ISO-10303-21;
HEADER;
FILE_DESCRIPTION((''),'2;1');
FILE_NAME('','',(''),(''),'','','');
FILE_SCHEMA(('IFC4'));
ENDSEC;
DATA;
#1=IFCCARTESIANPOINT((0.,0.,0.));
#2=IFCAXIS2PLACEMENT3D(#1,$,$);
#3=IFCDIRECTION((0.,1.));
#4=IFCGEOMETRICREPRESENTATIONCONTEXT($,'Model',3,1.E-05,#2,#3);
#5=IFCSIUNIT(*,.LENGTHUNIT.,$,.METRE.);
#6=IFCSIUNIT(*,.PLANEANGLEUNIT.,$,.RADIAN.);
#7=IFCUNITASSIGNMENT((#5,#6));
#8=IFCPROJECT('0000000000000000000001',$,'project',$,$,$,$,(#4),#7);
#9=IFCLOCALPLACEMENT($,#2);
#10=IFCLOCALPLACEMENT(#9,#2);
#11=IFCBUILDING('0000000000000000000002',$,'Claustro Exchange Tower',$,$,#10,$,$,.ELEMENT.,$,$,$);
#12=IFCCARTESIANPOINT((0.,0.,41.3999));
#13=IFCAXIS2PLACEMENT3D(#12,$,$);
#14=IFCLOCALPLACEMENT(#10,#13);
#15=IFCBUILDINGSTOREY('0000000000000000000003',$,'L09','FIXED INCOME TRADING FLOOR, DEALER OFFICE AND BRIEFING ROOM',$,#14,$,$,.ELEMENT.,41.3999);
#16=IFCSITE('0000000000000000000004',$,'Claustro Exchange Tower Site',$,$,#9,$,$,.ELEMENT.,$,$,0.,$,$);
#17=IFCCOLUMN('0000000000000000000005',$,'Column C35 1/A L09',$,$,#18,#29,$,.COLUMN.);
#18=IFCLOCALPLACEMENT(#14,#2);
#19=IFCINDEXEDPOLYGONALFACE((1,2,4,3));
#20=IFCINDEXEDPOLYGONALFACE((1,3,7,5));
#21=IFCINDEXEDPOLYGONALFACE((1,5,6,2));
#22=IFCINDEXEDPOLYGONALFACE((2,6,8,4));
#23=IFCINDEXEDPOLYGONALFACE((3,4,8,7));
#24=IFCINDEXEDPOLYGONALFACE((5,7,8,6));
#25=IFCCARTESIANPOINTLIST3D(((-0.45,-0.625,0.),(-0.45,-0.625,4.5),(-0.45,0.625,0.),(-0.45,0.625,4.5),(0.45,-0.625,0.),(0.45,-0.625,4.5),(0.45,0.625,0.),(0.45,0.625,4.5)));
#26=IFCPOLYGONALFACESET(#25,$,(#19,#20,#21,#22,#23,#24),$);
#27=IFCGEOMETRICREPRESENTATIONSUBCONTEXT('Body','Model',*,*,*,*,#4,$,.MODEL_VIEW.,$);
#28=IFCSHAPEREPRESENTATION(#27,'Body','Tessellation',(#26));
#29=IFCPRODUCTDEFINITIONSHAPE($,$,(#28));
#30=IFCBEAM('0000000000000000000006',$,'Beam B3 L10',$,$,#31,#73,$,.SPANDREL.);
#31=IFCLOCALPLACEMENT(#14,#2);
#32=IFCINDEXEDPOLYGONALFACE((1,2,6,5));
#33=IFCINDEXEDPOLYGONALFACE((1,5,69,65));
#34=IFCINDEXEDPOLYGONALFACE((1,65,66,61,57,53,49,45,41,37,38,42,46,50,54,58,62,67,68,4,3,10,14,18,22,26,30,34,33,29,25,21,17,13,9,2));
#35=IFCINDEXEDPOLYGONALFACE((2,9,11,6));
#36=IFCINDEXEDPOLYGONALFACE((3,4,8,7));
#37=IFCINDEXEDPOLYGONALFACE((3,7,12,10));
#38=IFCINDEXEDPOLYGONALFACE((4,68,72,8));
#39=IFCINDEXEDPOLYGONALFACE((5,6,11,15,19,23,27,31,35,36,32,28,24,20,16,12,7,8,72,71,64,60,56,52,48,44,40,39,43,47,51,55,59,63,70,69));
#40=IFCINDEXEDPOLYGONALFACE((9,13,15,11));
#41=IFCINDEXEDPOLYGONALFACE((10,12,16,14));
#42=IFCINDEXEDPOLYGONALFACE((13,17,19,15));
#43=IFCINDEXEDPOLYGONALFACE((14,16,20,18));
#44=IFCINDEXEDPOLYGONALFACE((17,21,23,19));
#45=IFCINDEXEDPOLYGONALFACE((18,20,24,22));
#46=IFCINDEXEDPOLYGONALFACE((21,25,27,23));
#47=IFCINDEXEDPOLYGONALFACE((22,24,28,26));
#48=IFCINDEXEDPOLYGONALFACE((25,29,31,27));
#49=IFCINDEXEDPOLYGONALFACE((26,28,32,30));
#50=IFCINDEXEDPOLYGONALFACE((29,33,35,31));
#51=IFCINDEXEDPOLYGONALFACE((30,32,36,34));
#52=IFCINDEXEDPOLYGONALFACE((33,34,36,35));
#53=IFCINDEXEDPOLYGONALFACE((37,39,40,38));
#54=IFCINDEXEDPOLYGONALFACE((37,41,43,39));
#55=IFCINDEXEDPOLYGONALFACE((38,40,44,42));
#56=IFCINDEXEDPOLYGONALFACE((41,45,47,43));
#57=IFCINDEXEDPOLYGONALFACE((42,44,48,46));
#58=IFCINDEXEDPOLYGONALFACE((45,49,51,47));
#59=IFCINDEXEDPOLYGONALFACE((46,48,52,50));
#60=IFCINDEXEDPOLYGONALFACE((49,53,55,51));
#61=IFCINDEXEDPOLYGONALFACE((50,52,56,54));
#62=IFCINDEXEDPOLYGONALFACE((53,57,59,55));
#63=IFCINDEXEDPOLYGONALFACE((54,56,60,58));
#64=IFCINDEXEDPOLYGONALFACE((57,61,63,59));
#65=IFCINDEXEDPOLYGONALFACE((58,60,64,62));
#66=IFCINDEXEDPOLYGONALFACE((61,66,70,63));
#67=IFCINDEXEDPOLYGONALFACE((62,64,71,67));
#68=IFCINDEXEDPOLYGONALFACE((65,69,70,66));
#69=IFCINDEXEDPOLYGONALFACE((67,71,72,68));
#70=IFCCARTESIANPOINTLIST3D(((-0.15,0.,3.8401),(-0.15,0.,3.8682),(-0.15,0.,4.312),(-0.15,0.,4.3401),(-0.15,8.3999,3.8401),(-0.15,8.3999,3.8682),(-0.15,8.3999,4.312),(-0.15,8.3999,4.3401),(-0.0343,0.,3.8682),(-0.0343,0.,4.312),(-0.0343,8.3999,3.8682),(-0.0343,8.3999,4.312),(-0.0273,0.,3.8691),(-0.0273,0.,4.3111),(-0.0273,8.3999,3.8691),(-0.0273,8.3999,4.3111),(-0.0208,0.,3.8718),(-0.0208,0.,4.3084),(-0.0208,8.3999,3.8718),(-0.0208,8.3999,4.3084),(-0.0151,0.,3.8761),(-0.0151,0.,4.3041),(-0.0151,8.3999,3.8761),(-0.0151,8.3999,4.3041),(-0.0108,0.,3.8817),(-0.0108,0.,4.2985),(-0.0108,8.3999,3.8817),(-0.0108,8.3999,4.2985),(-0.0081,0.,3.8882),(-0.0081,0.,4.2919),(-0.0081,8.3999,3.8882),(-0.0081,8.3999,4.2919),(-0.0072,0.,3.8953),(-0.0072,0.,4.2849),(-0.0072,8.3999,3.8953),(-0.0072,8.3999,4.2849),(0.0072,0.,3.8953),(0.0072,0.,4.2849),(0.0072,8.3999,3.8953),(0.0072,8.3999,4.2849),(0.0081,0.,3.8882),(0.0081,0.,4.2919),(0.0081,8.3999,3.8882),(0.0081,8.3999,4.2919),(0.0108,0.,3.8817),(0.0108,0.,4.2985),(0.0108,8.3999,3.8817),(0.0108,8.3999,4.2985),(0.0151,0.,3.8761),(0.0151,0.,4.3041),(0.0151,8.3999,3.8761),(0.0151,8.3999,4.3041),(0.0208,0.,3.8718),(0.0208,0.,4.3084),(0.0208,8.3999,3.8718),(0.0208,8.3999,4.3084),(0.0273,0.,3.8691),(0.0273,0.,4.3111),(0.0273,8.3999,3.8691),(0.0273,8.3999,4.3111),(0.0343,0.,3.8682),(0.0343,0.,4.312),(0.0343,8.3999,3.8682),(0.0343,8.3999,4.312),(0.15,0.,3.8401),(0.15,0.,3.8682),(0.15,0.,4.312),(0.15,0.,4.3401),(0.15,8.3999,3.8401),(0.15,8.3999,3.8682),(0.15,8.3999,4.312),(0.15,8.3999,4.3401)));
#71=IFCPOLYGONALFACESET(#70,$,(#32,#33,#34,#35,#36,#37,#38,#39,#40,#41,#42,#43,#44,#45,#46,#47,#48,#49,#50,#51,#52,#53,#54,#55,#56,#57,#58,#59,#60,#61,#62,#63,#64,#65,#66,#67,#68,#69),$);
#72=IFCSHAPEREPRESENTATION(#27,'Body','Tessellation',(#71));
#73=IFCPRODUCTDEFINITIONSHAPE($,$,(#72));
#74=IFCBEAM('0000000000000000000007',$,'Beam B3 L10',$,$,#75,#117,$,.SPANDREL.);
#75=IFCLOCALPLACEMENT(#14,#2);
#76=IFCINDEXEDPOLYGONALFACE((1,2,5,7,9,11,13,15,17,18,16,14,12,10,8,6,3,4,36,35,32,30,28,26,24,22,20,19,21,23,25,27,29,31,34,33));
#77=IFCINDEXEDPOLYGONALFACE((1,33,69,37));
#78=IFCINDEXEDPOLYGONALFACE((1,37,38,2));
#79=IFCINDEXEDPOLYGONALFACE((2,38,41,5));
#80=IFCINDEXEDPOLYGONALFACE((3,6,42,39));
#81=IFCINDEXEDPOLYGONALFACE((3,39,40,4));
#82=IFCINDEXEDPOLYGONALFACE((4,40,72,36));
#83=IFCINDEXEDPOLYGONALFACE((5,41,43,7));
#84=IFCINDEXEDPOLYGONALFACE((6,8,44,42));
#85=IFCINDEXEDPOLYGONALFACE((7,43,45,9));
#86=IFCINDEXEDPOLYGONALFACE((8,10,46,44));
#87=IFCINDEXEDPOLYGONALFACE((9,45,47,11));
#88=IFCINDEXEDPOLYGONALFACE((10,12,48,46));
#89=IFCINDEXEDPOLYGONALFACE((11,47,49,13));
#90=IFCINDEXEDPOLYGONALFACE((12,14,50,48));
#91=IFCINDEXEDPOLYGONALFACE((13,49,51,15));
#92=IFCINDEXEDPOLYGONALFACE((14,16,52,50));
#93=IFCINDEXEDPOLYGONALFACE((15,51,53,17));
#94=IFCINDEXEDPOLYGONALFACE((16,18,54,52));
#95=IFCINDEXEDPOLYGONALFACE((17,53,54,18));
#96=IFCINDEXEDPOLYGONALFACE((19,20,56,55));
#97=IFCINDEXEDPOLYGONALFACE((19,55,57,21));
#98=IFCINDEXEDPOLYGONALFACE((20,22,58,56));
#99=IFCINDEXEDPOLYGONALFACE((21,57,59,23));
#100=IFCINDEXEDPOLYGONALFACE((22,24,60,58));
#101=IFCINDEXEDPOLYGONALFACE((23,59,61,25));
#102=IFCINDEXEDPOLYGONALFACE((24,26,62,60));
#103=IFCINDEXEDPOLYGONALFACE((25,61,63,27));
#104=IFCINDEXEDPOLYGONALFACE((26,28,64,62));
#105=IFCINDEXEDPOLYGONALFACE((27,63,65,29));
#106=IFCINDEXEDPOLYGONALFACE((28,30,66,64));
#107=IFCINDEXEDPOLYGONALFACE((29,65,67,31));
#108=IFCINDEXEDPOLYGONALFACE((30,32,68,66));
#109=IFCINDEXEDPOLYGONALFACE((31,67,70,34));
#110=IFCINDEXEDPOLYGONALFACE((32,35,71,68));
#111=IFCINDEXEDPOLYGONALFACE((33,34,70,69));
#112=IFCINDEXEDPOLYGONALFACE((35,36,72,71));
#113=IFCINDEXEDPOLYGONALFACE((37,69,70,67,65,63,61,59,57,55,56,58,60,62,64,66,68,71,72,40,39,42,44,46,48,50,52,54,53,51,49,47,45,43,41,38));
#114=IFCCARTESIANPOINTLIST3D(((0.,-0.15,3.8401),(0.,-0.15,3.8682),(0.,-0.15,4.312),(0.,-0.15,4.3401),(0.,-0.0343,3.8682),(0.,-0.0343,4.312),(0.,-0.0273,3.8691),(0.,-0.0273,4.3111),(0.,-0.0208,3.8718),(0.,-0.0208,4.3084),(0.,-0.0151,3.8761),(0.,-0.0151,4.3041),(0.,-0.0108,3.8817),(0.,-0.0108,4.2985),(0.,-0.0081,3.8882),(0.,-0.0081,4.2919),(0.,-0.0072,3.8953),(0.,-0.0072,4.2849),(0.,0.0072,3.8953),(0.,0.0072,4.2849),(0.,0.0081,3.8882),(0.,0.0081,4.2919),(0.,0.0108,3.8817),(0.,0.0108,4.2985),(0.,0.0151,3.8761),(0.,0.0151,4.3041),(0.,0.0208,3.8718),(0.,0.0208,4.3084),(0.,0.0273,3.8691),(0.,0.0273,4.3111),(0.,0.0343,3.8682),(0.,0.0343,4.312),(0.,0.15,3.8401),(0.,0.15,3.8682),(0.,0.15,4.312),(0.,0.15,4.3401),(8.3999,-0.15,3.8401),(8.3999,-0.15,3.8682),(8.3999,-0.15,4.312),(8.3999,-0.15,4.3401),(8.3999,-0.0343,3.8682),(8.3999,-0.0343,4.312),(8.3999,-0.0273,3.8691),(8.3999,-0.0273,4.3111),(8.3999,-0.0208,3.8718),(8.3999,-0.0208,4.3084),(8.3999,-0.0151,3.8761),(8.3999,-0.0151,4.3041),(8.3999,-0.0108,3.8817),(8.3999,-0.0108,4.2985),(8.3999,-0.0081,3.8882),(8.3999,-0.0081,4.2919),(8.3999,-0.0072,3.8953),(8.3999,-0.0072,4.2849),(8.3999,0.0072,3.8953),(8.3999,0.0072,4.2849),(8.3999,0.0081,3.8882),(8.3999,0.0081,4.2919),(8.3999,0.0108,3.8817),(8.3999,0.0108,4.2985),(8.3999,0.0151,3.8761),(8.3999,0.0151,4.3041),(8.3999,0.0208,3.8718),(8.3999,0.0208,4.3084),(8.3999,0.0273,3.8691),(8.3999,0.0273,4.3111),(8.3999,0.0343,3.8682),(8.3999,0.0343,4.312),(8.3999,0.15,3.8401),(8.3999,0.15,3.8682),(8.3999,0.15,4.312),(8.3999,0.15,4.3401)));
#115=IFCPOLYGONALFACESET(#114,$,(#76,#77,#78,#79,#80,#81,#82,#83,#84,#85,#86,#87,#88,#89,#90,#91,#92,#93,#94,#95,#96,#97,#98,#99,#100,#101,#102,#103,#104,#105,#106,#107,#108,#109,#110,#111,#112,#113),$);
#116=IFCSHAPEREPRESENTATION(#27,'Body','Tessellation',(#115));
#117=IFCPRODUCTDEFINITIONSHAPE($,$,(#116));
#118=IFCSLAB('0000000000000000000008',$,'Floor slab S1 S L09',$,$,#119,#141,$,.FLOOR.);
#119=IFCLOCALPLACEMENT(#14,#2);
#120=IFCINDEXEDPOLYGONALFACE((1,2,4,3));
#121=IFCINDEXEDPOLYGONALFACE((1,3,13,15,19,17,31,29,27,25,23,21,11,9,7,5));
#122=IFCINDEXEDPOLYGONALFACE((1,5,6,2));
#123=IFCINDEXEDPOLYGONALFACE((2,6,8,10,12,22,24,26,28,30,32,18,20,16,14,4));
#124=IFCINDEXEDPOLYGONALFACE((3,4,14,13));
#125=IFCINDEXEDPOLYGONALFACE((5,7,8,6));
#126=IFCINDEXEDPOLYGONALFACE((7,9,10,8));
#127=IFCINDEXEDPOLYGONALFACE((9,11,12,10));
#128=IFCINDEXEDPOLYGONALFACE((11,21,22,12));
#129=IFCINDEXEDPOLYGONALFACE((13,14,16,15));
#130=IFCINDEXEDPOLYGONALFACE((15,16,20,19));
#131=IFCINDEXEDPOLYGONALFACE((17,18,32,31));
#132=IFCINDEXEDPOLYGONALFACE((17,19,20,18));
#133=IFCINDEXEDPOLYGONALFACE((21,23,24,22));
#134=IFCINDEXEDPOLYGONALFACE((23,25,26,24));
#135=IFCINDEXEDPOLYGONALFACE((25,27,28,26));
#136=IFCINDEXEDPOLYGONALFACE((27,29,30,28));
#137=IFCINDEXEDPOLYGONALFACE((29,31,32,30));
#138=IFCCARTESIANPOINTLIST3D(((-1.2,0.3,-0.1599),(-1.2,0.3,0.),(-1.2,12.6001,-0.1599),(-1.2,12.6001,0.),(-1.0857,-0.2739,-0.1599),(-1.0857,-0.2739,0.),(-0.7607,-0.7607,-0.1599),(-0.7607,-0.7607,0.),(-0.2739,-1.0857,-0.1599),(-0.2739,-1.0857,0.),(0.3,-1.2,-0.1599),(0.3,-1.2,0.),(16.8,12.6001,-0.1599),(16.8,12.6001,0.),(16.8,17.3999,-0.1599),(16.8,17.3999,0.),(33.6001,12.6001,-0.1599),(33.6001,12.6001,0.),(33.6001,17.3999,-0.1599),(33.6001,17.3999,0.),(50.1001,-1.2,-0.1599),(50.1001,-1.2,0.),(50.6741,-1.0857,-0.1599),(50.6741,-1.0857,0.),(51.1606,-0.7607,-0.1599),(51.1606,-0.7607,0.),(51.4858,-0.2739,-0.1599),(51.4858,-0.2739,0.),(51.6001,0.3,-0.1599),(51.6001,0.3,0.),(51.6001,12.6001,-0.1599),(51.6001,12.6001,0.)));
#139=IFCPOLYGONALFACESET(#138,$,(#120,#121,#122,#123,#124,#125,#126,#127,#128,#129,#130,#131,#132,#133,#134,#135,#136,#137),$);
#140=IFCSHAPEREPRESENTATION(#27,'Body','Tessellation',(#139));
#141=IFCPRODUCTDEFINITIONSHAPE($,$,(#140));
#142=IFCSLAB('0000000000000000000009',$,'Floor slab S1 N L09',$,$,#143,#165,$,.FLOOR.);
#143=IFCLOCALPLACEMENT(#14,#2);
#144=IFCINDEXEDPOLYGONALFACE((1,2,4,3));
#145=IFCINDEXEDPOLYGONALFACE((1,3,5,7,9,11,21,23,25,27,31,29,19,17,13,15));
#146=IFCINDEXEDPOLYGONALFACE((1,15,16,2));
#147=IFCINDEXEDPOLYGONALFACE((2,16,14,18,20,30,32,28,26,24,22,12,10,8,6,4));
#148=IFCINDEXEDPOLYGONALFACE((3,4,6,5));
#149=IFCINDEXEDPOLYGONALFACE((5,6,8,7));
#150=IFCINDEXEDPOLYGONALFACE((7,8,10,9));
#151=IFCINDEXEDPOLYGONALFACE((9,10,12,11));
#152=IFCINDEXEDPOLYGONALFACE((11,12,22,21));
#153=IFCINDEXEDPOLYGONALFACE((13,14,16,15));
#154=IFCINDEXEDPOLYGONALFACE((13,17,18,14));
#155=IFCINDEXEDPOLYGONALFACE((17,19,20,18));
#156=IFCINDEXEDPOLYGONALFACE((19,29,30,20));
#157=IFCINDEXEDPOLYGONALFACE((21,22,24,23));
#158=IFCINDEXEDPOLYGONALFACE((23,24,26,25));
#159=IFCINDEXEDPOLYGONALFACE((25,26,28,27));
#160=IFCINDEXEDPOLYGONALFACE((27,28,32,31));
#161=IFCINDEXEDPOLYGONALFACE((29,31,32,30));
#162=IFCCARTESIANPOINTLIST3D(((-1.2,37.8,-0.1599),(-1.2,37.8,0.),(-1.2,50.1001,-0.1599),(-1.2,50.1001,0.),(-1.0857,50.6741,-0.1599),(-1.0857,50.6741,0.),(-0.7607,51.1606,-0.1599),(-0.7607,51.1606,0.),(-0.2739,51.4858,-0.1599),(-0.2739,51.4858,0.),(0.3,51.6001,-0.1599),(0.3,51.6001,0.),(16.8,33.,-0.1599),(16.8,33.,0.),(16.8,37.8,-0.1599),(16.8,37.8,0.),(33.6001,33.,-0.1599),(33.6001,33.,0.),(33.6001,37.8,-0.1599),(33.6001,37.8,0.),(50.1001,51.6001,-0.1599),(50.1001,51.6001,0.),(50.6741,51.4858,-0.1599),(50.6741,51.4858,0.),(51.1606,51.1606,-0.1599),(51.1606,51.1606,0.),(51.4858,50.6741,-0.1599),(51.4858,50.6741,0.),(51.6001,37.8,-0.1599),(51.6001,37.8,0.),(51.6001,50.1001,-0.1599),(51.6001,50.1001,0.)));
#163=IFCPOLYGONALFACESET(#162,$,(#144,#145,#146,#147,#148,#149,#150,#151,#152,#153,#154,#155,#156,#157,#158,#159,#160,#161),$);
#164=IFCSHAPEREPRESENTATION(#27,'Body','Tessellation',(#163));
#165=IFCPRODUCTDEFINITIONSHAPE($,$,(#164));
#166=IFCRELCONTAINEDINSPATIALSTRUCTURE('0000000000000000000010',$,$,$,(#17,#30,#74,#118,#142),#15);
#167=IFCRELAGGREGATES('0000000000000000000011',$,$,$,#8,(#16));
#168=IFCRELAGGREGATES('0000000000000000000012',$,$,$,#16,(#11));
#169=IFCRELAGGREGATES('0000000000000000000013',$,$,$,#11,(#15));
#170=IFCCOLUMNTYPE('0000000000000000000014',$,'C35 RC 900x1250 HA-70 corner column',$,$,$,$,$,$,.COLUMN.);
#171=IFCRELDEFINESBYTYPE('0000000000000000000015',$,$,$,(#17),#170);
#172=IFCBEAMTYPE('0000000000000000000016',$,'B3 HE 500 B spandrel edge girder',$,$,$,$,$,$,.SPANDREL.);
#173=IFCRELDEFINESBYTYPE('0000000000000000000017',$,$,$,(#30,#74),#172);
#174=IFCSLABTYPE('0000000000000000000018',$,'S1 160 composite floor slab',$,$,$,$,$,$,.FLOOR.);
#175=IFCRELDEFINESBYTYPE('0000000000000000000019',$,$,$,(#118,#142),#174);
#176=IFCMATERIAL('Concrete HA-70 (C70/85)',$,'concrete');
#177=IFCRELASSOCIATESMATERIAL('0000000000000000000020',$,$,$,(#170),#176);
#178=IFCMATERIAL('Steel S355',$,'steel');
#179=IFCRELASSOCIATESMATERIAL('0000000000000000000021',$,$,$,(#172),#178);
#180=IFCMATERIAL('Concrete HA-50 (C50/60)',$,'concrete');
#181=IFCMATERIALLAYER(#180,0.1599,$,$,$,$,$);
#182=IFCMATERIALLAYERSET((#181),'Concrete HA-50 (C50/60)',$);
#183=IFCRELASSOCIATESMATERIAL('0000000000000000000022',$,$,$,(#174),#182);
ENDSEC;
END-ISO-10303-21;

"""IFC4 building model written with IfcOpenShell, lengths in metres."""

from ifc_helpers import new_model, si_unit, direction, frame, origin, origin_with_axes, origin_2d, place, context, subcontext, project, spatial, polyline, rectangle, i_section, outline, extrude, material, layer, layer_set, material_profile, profile_set, type_object, element, save


model = new_model("IFC4")

# Units and contexts
model_context = context("Model", 3, precision=1e-05, world=origin(), true_north=direction((0.0, 1.0)))
body_context = subcontext(model_context, "Body", "Model", "MODEL_VIEW")
ifc_project = project(units=[si_unit("LENGTHUNIT", "METRE"), si_unit("PLANEANGLEUNIT", "RADIAN")], contexts=[model_context])

# Site, building, storey
site_placement = place(None, origin())
site = spatial("IfcSite", under=ifc_project, at=site_placement, Name="Claustro Exchange Tower Site", CompositionType="ELEMENT", RefElevation=0.0)
building_placement = place(site_placement, origin())
building = spatial("IfcBuilding", under=site, at=building_placement, Name="Claustro Exchange Tower", CompositionType="ELEMENT")
storey_placement = place(building_placement, frame((0.0, 0.0, 41.3999)))
storey = spatial("IfcBuildingStorey", under=building, at=storey_placement, Name="L09", Description="FIXED INCOME TRADING FLOOR, DEALER OFFICE AND BRIEFING ROOM", CompositionType="ELEMENT", Elevation=41.3999)

# Column
ifc_material_1 = material(Name="Concrete HA-70 (C70/85)", Category="concrete")
ifc_material_profile_1 = material_profile(ifc_material_1, rectangle(XDim=0.8999, YDim=1.25, at=origin_2d()), Name="RC 900x1250")
ifc_profile_set_1 = profile_set([ifc_material_profile_1], Name="Concrete HA-70 (C70/85)")
column_type = type_object("IfcColumnType", Name="C35 RC 900x1250 HA-70 corner column", PredefinedType="COLUMN", material=ifc_profile_set_1)
column_placement = place(storey_placement, origin_with_axes())
element("IfcColumn", 1, at=column_placement, inside=storey, type_object=column_type, Name="Column C35 1/A L09", PredefinedType="COLUMN", context=body_context, shape_type="SweptSolid", body=[
    extrude(rectangle(XDim=0.8999, YDim=1.25, at=origin_2d()), origin(), (0.0, 0.0, 1.0), 4.5),
])

# Beams
ifc_material_2 = material(Name="Steel S355", Category="steel")
ifc_material_profile_2 = material_profile(ifc_material_2, i_section(OverallWidth=0.3, OverallDepth=0.5, WebThickness=0.0144, FlangeThickness=0.0281, FilletRadius=0.0271, at=origin_2d()), Name="HE 500 B")
ifc_profile_set_2 = profile_set([ifc_material_profile_2], Name="Steel S355")
beam_type = type_object("IfcBeamType", Name="B3 HE 500 B spandrel edge girder", PredefinedType="SPANDREL", material=ifc_profile_set_2)
for number, where, z_axis, x_axis, name in (
    (2, (0.0, 0.0, 4.0901), (0.0, 1.0, 0.0), (-1.0, 0.0, 0.0), "Beam B3 L10"),
    (3, (0.0, 0.0, 4.0901), (1.0, 0.0, 0.0), (0.0, 1.0, 0.0), "Beam B3 L10"),
):
    element("IfcBeam", number, at=place(storey_placement, frame(where, z_axis=z_axis, x_axis=x_axis)), inside=storey, type_object=beam_type, Name=name, PredefinedType="SPANDREL", context=body_context, shape_type="SweptSolid", body=[
        extrude(i_section(OverallWidth=0.3, OverallDepth=0.5, WebThickness=0.0144, FlangeThickness=0.0281, FilletRadius=0.0271, at=origin_2d()), origin(), (0.0, 0.0, 1.0), 8.3999),
    ])

# Slabs
ifc_material_3 = material(Name="Concrete HA-50 (C50/60)", Category="concrete")
ifc_layer_1 = layer(ifc_material_3, 0.1599)
ifc_layer_set_1 = layer_set([ifc_layer_1], Name="Concrete HA-50 (C50/60)")
slab_type_1 = type_object("IfcSlabType", Name="S1 160 composite floor slab", PredefinedType="FLOOR", material=ifc_layer_set_1)
slab_1_placement = place(storey_placement, frame((0.0, 0.0, -0.1599)))
element("IfcSlab", 4, at=slab_1_placement, inside=storey, type_object=slab_type_1, Name="Floor slab S1 S L09", PredefinedType="FLOOR", context=body_context, shape_type="SweptSolid", body=[
    extrude(outline(polyline([(-0.2739, -1.0857), (0.3, -1.2), (50.1001, -1.2), (50.6741, -1.0857), (51.1606, -0.7607), (51.4858, -0.2739), (51.6001, 0.3), (51.6001, 12.6001), (33.6001, 12.6001), (33.6001, 17.3999), (16.8, 17.3999), (16.8, 12.6001), (-1.2, 12.6001), (-1.2, 0.3), (-1.0857, -0.2739), (-0.7607, -0.7607), (-0.2739, -1.0857)])), origin(), (0.0, 0.0, 1.0), 0.1599),
])
slab_2_placement = place(storey_placement, frame((0.0, 0.0, -0.1599)))
element("IfcSlab", 5, at=slab_2_placement, inside=storey, type_object=slab_type_1, Name="Floor slab S1 N L09", PredefinedType="FLOOR", context=body_context, shape_type="SweptSolid", body=[
    extrude(outline(polyline([(16.8, 37.8), (16.8, 33.0), (33.6001, 33.0), (33.6001, 37.8), (51.6001, 37.8), (51.6001, 50.1001), (51.4858, 50.6741), (51.1606, 51.1606), (50.6741, 51.4858), (50.1001, 51.6001), (0.3, 51.6001), (-0.2739, 51.4858), (-0.7607, 51.1606), (-1.0857, 50.6741), (-1.2, 50.1001), (-1.2, 37.8), (16.8, 37.8)])), origin(), (0.0, 0.0, 1.0), 0.1599),
])

save(model, "model.ifc")
